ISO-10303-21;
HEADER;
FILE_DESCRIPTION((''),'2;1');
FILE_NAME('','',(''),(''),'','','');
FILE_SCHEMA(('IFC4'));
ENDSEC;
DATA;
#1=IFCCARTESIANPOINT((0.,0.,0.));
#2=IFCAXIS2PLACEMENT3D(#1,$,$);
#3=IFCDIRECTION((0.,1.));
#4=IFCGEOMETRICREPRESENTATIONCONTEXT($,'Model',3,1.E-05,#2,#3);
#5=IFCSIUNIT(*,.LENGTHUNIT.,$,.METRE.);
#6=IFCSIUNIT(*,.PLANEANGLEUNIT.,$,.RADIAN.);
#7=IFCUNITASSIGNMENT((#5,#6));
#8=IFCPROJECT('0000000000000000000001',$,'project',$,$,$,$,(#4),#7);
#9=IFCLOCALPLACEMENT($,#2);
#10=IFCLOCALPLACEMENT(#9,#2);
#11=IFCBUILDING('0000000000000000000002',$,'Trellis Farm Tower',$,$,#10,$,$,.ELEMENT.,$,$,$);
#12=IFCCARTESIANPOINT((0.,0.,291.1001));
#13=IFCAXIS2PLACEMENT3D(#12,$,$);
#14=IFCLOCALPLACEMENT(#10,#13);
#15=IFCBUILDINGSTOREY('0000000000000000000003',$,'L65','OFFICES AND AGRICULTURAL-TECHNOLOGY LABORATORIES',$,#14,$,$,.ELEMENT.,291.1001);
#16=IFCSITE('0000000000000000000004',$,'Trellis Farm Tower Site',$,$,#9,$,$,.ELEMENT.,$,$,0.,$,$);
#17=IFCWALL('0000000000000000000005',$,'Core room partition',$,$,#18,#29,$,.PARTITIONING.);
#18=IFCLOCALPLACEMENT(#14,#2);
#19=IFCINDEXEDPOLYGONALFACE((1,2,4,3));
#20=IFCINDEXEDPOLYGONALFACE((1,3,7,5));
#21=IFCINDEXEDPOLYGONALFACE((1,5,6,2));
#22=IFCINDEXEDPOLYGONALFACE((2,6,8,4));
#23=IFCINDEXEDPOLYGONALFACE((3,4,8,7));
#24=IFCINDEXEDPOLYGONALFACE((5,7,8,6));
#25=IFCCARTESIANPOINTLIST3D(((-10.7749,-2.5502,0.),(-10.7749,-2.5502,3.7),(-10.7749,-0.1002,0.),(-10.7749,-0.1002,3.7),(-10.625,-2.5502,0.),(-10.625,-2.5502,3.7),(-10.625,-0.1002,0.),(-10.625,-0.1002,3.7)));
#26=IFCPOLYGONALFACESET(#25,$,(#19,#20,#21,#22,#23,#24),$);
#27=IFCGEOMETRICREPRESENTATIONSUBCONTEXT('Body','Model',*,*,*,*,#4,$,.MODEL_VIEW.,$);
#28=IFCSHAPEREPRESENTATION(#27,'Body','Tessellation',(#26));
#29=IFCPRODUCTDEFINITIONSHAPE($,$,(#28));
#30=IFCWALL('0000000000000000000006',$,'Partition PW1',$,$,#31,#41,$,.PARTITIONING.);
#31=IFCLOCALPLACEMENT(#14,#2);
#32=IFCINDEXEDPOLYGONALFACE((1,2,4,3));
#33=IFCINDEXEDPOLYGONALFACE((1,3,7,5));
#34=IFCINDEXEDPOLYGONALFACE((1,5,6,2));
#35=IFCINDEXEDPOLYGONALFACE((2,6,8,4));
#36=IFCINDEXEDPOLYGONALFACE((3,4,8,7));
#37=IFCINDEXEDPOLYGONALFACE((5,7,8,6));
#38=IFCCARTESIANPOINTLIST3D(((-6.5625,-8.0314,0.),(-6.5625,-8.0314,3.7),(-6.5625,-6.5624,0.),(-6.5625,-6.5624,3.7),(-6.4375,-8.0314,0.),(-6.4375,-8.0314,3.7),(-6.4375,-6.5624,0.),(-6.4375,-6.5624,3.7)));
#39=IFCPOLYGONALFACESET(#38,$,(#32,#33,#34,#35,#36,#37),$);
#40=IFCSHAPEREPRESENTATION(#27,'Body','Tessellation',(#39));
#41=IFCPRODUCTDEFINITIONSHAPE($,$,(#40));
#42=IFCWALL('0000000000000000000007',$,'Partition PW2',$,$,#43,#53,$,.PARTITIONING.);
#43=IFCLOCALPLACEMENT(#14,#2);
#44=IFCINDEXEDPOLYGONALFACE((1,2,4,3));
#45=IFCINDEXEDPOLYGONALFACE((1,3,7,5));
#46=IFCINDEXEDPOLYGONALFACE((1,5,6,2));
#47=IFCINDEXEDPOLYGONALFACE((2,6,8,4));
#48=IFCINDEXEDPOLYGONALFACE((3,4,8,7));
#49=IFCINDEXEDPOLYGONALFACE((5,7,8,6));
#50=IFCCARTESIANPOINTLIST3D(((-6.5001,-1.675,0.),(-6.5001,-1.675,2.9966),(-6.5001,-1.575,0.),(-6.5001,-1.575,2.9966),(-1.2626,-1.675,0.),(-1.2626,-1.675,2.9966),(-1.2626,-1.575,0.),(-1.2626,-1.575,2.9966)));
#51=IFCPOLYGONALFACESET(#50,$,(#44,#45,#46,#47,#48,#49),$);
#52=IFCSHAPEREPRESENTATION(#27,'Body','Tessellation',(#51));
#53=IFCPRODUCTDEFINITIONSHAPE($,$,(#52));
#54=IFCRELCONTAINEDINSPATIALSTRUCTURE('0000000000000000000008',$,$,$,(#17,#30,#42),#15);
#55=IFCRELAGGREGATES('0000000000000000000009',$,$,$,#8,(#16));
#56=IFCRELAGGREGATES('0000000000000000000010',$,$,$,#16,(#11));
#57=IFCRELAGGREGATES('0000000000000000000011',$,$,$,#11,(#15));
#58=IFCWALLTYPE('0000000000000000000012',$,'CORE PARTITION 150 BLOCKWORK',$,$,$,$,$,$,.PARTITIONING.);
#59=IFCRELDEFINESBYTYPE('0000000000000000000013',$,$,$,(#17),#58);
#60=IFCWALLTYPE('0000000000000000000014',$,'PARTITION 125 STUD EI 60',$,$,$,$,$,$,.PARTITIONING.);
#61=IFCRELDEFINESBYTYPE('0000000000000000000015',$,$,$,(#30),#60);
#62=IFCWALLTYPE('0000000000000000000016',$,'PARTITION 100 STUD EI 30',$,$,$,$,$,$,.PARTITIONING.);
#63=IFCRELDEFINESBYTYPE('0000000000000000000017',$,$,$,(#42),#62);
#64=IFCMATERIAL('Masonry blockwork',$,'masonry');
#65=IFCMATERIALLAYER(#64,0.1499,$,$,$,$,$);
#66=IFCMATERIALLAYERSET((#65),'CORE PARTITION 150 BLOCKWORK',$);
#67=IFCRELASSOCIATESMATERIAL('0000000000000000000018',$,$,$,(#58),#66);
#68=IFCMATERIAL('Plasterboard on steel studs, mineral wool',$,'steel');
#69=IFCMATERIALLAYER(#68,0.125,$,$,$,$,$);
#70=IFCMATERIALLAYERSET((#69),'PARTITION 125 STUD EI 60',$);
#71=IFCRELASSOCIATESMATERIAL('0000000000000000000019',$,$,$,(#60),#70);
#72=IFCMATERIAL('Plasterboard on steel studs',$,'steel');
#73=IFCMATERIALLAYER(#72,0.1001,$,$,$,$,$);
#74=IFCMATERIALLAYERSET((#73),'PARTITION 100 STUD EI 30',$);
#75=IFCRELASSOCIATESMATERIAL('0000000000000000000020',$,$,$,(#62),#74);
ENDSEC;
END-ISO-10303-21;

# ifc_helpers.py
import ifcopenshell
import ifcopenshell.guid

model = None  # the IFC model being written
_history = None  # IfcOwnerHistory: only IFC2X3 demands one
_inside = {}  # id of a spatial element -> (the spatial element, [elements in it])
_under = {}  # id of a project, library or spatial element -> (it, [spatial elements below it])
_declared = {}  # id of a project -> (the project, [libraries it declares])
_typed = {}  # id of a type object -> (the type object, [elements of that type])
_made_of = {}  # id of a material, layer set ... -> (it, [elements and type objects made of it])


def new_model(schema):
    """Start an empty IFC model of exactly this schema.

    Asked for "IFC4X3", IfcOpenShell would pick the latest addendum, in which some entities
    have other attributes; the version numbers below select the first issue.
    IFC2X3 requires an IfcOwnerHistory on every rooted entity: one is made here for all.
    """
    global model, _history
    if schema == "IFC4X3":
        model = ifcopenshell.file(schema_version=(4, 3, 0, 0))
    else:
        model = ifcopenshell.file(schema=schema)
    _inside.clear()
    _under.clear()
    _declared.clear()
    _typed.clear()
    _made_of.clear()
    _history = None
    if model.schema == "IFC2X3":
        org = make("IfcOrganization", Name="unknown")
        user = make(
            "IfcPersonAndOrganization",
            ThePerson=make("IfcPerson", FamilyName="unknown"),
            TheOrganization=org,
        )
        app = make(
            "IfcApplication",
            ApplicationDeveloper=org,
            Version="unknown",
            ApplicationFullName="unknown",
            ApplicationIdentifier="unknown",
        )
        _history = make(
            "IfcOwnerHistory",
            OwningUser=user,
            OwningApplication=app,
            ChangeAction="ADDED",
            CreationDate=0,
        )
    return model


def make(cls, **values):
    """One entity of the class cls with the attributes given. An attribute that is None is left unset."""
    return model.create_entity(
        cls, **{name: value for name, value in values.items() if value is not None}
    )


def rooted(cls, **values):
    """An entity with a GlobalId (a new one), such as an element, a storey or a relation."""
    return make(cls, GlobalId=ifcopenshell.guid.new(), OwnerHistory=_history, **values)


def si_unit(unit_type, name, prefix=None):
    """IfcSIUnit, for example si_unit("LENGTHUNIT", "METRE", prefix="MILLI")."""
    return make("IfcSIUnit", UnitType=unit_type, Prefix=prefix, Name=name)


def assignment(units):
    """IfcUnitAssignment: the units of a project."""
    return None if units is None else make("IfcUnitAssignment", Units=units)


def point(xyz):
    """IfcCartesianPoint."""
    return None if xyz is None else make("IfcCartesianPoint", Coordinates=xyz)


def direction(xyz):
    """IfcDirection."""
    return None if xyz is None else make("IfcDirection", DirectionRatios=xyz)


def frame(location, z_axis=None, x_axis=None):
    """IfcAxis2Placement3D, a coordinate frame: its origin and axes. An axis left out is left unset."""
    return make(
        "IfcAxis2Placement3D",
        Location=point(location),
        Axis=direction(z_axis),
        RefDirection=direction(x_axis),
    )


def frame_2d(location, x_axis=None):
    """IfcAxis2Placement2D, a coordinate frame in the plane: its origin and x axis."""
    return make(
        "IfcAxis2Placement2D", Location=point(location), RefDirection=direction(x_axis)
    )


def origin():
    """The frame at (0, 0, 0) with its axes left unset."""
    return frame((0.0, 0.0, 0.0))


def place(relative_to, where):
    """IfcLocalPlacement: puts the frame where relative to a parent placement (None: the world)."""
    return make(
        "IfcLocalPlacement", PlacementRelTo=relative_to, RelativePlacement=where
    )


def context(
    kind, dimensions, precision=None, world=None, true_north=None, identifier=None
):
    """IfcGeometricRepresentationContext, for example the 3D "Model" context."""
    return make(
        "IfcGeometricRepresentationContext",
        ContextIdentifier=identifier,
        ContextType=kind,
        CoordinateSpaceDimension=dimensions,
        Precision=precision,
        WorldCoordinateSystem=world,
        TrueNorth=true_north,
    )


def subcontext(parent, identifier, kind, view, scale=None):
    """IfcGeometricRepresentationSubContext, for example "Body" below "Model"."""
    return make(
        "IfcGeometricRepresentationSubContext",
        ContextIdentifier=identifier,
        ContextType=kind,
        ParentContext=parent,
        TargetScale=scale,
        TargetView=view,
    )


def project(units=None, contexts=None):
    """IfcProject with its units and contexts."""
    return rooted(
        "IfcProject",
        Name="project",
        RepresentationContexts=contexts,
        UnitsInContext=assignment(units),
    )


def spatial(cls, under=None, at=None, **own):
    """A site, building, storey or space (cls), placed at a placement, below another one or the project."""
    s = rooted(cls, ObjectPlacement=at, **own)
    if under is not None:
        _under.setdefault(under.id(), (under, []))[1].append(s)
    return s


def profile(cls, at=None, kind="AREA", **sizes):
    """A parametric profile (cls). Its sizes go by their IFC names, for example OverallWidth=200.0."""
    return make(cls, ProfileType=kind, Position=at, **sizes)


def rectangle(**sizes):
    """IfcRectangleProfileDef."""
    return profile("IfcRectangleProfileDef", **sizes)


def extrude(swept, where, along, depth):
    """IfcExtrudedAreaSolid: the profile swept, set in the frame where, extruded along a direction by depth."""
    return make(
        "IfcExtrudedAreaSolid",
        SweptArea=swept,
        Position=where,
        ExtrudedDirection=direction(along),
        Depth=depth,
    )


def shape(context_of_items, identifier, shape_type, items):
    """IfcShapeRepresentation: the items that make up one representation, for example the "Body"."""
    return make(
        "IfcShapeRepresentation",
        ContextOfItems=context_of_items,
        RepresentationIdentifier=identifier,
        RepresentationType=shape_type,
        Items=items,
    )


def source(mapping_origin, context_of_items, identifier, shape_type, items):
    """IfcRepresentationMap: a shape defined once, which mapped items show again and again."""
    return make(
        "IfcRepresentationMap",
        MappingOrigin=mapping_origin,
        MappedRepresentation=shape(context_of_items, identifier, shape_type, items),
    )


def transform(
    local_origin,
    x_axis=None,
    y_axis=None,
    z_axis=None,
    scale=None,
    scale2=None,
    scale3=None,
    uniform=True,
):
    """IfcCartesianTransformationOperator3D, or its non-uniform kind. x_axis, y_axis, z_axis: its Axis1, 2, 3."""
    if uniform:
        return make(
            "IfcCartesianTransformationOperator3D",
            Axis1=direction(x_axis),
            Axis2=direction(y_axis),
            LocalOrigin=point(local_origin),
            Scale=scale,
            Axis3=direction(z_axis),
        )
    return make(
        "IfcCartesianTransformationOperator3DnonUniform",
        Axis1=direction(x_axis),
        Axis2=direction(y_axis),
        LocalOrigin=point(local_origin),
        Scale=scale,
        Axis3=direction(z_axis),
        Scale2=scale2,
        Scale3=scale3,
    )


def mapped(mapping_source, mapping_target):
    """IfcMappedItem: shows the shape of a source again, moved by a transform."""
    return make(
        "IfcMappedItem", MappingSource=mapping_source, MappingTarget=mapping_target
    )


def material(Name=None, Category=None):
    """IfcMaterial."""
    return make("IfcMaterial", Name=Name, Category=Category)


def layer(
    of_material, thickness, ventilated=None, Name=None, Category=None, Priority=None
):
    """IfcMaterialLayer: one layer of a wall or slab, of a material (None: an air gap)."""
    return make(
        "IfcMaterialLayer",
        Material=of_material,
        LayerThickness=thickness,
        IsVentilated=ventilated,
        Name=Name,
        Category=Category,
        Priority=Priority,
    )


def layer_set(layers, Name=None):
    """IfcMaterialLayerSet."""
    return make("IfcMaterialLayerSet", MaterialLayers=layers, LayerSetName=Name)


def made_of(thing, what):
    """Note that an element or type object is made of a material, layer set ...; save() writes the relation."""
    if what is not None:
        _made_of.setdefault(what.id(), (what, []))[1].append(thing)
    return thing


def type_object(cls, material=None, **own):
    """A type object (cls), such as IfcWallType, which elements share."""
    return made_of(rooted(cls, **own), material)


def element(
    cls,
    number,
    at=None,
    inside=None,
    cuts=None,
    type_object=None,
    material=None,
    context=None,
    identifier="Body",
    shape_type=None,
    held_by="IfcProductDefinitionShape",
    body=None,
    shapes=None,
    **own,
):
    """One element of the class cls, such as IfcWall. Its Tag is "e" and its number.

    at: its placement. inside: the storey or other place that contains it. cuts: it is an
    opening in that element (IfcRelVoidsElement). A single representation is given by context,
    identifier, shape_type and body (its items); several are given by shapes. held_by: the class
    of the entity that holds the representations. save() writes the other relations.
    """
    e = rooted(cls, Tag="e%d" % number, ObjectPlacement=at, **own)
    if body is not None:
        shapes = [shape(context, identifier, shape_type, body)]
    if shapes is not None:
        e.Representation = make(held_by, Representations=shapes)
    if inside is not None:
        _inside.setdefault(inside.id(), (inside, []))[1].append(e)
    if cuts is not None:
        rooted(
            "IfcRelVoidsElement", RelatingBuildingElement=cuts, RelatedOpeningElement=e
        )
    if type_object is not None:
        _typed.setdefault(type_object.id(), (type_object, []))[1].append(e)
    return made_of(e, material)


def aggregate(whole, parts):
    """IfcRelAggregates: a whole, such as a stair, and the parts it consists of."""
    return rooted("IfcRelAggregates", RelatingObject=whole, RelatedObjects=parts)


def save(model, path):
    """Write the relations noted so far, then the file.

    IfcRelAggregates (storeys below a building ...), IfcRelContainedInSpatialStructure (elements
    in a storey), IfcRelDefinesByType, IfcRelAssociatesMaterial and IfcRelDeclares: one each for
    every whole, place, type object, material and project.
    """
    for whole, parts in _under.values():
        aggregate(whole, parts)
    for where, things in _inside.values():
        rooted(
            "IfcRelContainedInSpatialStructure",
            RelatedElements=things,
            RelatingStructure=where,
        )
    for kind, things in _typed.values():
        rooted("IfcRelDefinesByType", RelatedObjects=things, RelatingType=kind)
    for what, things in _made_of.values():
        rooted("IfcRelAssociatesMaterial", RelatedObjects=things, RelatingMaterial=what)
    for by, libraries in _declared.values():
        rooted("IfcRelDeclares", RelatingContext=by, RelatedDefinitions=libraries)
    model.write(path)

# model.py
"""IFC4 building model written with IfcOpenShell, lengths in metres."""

from ifc_helpers import new_model, si_unit, direction, frame, frame_2d, origin, place, context, subcontext, project, spatial, rectangle, extrude, source, transform, mapped, material, layer, layer_set, type_object, element, save


model = new_model("IFC4")

# Units and contexts
model_context = context("Model", 3, precision=1e-05, world=origin(), true_north=direction((0.0, 1.0)))
body_context = subcontext(model_context, "Body", "Model", "MODEL_VIEW")
ifc_project = project(units=[si_unit("LENGTHUNIT", "METRE"), si_unit("PLANEANGLEUNIT", "RADIAN")], contexts=[model_context])

# Site, building, storey
site_placement = place(None, origin())
site = spatial("IfcSite", under=ifc_project, at=site_placement, Name="Trellis Farm Tower Site", CompositionType="ELEMENT", RefElevation=0.0)
building_placement = place(site_placement, origin())
building = spatial("IfcBuilding", under=site, at=building_placement, Name="Trellis Farm Tower", CompositionType="ELEMENT")
storey_placement = place(building_placement, frame((0.0, 0.0, 291.1001)))
storey = spatial("IfcBuildingStorey", under=building, at=storey_placement, Name="L65", Description="OFFICES AND AGRICULTURAL-TECHNOLOGY LABORATORIES", CompositionType="ELEMENT", Elevation=291.1001)

# Walls
ifc_material_1 = material(Name="Masonry blockwork", Category="masonry")
ifc_layer_1 = layer(ifc_material_1, 0.1499)
ifc_layer_set_1 = layer_set([ifc_layer_1], Name="CORE PARTITION 150 BLOCKWORK")
wall_type_1 = type_object("IfcWallType", Name="CORE PARTITION 150 BLOCKWORK", PredefinedType="PARTITIONING", material=ifc_layer_set_1)
shared_shape_1 = source(origin(), body_context, "Body", "SweptSolid", [
    extrude(rectangle(XDim=2.45, YDim=0.1499, at=frame_2d((1.2251, 0.0))), origin(), (0.0, 0.0, 1.0), 3.7),
])
for number, where, z_axis, x_axis, name in (
    (1, (-10.7, -0.1001, 0.0), (0.0, 0.0, 1.0), (0.0, -1.0, 0.0), "Core room partition"),
):
    element("IfcWall", number, at=place(storey_placement, frame(where, z_axis=z_axis, x_axis=x_axis)), inside=storey, type_object=wall_type_1, Name=name, PredefinedType="PARTITIONING", context=body_context, shape_type="MappedRepresentation", body=[
        mapped(shared_shape_1, transform((0.0, 0.0, 0.0))),
    ])
ifc_material_2 = material(Name="Plasterboard on steel studs, mineral wool", Category="steel")
ifc_layer_2 = layer(ifc_material_2, 0.125)
ifc_layer_set_2 = layer_set([ifc_layer_2], Name="PARTITION 125 STUD EI 60")
wall_type_2 = type_object("IfcWallType", Name="PARTITION 125 STUD EI 60", PredefinedType="PARTITIONING", material=ifc_layer_set_2)
shared_shape_2 = source(origin(), body_context, "Body", "SweptSolid", [
    extrude(rectangle(XDim=1.469, YDim=0.125, at=frame_2d((0.7344, 0.0))), origin(), (0.0, 0.0, 1.0), 3.7),
])
wall_1_placement = place(storey_placement, frame((-6.5, -6.5625, 0.0), z_axis=(0.0, 0.0, 1.0), x_axis=(0.0, -1.0, 0.0)))
element("IfcWall", 2, at=wall_1_placement, inside=storey, type_object=wall_type_2, Name="Partition PW1", PredefinedType="PARTITIONING", context=body_context, shape_type="MappedRepresentation", body=[
    mapped(shared_shape_2, transform((0.0, 0.0, 0.0))),
])
ifc_material_3 = material(Name="Plasterboard on steel studs", Category="steel")
ifc_layer_3 = layer(ifc_material_3, 0.1001)
ifc_layer_set_3 = layer_set([ifc_layer_3], Name="PARTITION 100 STUD EI 30")
wall_type_3 = type_object("IfcWallType", Name="PARTITION 100 STUD EI 30", PredefinedType="PARTITIONING", material=ifc_layer_set_3)
shared_shape_3 = source(origin(), body_context, "Body", "SweptSolid", [
    extrude(rectangle(XDim=5.2375, YDim=0.1001, at=frame_2d((2.6187, 0.0))), origin(), (0.0, 0.0, 1.0), 2.9966),
])
wall_2_placement = place(storey_placement, frame((-6.5, -1.625, 0.0), z_axis=(0.0, 0.0, 1.0), x_axis=(1.0, 0.0, 0.0)))
element("IfcWall", 3, at=wall_2_placement, inside=storey, type_object=wall_type_3, Name="Partition PW2", PredefinedType="PARTITIONING", context=body_context, shape_type="MappedRepresentation", body=[
    mapped(shared_shape_3, transform((0.0, 0.0, 0.0))),
])

save(model, "model.ifc")
